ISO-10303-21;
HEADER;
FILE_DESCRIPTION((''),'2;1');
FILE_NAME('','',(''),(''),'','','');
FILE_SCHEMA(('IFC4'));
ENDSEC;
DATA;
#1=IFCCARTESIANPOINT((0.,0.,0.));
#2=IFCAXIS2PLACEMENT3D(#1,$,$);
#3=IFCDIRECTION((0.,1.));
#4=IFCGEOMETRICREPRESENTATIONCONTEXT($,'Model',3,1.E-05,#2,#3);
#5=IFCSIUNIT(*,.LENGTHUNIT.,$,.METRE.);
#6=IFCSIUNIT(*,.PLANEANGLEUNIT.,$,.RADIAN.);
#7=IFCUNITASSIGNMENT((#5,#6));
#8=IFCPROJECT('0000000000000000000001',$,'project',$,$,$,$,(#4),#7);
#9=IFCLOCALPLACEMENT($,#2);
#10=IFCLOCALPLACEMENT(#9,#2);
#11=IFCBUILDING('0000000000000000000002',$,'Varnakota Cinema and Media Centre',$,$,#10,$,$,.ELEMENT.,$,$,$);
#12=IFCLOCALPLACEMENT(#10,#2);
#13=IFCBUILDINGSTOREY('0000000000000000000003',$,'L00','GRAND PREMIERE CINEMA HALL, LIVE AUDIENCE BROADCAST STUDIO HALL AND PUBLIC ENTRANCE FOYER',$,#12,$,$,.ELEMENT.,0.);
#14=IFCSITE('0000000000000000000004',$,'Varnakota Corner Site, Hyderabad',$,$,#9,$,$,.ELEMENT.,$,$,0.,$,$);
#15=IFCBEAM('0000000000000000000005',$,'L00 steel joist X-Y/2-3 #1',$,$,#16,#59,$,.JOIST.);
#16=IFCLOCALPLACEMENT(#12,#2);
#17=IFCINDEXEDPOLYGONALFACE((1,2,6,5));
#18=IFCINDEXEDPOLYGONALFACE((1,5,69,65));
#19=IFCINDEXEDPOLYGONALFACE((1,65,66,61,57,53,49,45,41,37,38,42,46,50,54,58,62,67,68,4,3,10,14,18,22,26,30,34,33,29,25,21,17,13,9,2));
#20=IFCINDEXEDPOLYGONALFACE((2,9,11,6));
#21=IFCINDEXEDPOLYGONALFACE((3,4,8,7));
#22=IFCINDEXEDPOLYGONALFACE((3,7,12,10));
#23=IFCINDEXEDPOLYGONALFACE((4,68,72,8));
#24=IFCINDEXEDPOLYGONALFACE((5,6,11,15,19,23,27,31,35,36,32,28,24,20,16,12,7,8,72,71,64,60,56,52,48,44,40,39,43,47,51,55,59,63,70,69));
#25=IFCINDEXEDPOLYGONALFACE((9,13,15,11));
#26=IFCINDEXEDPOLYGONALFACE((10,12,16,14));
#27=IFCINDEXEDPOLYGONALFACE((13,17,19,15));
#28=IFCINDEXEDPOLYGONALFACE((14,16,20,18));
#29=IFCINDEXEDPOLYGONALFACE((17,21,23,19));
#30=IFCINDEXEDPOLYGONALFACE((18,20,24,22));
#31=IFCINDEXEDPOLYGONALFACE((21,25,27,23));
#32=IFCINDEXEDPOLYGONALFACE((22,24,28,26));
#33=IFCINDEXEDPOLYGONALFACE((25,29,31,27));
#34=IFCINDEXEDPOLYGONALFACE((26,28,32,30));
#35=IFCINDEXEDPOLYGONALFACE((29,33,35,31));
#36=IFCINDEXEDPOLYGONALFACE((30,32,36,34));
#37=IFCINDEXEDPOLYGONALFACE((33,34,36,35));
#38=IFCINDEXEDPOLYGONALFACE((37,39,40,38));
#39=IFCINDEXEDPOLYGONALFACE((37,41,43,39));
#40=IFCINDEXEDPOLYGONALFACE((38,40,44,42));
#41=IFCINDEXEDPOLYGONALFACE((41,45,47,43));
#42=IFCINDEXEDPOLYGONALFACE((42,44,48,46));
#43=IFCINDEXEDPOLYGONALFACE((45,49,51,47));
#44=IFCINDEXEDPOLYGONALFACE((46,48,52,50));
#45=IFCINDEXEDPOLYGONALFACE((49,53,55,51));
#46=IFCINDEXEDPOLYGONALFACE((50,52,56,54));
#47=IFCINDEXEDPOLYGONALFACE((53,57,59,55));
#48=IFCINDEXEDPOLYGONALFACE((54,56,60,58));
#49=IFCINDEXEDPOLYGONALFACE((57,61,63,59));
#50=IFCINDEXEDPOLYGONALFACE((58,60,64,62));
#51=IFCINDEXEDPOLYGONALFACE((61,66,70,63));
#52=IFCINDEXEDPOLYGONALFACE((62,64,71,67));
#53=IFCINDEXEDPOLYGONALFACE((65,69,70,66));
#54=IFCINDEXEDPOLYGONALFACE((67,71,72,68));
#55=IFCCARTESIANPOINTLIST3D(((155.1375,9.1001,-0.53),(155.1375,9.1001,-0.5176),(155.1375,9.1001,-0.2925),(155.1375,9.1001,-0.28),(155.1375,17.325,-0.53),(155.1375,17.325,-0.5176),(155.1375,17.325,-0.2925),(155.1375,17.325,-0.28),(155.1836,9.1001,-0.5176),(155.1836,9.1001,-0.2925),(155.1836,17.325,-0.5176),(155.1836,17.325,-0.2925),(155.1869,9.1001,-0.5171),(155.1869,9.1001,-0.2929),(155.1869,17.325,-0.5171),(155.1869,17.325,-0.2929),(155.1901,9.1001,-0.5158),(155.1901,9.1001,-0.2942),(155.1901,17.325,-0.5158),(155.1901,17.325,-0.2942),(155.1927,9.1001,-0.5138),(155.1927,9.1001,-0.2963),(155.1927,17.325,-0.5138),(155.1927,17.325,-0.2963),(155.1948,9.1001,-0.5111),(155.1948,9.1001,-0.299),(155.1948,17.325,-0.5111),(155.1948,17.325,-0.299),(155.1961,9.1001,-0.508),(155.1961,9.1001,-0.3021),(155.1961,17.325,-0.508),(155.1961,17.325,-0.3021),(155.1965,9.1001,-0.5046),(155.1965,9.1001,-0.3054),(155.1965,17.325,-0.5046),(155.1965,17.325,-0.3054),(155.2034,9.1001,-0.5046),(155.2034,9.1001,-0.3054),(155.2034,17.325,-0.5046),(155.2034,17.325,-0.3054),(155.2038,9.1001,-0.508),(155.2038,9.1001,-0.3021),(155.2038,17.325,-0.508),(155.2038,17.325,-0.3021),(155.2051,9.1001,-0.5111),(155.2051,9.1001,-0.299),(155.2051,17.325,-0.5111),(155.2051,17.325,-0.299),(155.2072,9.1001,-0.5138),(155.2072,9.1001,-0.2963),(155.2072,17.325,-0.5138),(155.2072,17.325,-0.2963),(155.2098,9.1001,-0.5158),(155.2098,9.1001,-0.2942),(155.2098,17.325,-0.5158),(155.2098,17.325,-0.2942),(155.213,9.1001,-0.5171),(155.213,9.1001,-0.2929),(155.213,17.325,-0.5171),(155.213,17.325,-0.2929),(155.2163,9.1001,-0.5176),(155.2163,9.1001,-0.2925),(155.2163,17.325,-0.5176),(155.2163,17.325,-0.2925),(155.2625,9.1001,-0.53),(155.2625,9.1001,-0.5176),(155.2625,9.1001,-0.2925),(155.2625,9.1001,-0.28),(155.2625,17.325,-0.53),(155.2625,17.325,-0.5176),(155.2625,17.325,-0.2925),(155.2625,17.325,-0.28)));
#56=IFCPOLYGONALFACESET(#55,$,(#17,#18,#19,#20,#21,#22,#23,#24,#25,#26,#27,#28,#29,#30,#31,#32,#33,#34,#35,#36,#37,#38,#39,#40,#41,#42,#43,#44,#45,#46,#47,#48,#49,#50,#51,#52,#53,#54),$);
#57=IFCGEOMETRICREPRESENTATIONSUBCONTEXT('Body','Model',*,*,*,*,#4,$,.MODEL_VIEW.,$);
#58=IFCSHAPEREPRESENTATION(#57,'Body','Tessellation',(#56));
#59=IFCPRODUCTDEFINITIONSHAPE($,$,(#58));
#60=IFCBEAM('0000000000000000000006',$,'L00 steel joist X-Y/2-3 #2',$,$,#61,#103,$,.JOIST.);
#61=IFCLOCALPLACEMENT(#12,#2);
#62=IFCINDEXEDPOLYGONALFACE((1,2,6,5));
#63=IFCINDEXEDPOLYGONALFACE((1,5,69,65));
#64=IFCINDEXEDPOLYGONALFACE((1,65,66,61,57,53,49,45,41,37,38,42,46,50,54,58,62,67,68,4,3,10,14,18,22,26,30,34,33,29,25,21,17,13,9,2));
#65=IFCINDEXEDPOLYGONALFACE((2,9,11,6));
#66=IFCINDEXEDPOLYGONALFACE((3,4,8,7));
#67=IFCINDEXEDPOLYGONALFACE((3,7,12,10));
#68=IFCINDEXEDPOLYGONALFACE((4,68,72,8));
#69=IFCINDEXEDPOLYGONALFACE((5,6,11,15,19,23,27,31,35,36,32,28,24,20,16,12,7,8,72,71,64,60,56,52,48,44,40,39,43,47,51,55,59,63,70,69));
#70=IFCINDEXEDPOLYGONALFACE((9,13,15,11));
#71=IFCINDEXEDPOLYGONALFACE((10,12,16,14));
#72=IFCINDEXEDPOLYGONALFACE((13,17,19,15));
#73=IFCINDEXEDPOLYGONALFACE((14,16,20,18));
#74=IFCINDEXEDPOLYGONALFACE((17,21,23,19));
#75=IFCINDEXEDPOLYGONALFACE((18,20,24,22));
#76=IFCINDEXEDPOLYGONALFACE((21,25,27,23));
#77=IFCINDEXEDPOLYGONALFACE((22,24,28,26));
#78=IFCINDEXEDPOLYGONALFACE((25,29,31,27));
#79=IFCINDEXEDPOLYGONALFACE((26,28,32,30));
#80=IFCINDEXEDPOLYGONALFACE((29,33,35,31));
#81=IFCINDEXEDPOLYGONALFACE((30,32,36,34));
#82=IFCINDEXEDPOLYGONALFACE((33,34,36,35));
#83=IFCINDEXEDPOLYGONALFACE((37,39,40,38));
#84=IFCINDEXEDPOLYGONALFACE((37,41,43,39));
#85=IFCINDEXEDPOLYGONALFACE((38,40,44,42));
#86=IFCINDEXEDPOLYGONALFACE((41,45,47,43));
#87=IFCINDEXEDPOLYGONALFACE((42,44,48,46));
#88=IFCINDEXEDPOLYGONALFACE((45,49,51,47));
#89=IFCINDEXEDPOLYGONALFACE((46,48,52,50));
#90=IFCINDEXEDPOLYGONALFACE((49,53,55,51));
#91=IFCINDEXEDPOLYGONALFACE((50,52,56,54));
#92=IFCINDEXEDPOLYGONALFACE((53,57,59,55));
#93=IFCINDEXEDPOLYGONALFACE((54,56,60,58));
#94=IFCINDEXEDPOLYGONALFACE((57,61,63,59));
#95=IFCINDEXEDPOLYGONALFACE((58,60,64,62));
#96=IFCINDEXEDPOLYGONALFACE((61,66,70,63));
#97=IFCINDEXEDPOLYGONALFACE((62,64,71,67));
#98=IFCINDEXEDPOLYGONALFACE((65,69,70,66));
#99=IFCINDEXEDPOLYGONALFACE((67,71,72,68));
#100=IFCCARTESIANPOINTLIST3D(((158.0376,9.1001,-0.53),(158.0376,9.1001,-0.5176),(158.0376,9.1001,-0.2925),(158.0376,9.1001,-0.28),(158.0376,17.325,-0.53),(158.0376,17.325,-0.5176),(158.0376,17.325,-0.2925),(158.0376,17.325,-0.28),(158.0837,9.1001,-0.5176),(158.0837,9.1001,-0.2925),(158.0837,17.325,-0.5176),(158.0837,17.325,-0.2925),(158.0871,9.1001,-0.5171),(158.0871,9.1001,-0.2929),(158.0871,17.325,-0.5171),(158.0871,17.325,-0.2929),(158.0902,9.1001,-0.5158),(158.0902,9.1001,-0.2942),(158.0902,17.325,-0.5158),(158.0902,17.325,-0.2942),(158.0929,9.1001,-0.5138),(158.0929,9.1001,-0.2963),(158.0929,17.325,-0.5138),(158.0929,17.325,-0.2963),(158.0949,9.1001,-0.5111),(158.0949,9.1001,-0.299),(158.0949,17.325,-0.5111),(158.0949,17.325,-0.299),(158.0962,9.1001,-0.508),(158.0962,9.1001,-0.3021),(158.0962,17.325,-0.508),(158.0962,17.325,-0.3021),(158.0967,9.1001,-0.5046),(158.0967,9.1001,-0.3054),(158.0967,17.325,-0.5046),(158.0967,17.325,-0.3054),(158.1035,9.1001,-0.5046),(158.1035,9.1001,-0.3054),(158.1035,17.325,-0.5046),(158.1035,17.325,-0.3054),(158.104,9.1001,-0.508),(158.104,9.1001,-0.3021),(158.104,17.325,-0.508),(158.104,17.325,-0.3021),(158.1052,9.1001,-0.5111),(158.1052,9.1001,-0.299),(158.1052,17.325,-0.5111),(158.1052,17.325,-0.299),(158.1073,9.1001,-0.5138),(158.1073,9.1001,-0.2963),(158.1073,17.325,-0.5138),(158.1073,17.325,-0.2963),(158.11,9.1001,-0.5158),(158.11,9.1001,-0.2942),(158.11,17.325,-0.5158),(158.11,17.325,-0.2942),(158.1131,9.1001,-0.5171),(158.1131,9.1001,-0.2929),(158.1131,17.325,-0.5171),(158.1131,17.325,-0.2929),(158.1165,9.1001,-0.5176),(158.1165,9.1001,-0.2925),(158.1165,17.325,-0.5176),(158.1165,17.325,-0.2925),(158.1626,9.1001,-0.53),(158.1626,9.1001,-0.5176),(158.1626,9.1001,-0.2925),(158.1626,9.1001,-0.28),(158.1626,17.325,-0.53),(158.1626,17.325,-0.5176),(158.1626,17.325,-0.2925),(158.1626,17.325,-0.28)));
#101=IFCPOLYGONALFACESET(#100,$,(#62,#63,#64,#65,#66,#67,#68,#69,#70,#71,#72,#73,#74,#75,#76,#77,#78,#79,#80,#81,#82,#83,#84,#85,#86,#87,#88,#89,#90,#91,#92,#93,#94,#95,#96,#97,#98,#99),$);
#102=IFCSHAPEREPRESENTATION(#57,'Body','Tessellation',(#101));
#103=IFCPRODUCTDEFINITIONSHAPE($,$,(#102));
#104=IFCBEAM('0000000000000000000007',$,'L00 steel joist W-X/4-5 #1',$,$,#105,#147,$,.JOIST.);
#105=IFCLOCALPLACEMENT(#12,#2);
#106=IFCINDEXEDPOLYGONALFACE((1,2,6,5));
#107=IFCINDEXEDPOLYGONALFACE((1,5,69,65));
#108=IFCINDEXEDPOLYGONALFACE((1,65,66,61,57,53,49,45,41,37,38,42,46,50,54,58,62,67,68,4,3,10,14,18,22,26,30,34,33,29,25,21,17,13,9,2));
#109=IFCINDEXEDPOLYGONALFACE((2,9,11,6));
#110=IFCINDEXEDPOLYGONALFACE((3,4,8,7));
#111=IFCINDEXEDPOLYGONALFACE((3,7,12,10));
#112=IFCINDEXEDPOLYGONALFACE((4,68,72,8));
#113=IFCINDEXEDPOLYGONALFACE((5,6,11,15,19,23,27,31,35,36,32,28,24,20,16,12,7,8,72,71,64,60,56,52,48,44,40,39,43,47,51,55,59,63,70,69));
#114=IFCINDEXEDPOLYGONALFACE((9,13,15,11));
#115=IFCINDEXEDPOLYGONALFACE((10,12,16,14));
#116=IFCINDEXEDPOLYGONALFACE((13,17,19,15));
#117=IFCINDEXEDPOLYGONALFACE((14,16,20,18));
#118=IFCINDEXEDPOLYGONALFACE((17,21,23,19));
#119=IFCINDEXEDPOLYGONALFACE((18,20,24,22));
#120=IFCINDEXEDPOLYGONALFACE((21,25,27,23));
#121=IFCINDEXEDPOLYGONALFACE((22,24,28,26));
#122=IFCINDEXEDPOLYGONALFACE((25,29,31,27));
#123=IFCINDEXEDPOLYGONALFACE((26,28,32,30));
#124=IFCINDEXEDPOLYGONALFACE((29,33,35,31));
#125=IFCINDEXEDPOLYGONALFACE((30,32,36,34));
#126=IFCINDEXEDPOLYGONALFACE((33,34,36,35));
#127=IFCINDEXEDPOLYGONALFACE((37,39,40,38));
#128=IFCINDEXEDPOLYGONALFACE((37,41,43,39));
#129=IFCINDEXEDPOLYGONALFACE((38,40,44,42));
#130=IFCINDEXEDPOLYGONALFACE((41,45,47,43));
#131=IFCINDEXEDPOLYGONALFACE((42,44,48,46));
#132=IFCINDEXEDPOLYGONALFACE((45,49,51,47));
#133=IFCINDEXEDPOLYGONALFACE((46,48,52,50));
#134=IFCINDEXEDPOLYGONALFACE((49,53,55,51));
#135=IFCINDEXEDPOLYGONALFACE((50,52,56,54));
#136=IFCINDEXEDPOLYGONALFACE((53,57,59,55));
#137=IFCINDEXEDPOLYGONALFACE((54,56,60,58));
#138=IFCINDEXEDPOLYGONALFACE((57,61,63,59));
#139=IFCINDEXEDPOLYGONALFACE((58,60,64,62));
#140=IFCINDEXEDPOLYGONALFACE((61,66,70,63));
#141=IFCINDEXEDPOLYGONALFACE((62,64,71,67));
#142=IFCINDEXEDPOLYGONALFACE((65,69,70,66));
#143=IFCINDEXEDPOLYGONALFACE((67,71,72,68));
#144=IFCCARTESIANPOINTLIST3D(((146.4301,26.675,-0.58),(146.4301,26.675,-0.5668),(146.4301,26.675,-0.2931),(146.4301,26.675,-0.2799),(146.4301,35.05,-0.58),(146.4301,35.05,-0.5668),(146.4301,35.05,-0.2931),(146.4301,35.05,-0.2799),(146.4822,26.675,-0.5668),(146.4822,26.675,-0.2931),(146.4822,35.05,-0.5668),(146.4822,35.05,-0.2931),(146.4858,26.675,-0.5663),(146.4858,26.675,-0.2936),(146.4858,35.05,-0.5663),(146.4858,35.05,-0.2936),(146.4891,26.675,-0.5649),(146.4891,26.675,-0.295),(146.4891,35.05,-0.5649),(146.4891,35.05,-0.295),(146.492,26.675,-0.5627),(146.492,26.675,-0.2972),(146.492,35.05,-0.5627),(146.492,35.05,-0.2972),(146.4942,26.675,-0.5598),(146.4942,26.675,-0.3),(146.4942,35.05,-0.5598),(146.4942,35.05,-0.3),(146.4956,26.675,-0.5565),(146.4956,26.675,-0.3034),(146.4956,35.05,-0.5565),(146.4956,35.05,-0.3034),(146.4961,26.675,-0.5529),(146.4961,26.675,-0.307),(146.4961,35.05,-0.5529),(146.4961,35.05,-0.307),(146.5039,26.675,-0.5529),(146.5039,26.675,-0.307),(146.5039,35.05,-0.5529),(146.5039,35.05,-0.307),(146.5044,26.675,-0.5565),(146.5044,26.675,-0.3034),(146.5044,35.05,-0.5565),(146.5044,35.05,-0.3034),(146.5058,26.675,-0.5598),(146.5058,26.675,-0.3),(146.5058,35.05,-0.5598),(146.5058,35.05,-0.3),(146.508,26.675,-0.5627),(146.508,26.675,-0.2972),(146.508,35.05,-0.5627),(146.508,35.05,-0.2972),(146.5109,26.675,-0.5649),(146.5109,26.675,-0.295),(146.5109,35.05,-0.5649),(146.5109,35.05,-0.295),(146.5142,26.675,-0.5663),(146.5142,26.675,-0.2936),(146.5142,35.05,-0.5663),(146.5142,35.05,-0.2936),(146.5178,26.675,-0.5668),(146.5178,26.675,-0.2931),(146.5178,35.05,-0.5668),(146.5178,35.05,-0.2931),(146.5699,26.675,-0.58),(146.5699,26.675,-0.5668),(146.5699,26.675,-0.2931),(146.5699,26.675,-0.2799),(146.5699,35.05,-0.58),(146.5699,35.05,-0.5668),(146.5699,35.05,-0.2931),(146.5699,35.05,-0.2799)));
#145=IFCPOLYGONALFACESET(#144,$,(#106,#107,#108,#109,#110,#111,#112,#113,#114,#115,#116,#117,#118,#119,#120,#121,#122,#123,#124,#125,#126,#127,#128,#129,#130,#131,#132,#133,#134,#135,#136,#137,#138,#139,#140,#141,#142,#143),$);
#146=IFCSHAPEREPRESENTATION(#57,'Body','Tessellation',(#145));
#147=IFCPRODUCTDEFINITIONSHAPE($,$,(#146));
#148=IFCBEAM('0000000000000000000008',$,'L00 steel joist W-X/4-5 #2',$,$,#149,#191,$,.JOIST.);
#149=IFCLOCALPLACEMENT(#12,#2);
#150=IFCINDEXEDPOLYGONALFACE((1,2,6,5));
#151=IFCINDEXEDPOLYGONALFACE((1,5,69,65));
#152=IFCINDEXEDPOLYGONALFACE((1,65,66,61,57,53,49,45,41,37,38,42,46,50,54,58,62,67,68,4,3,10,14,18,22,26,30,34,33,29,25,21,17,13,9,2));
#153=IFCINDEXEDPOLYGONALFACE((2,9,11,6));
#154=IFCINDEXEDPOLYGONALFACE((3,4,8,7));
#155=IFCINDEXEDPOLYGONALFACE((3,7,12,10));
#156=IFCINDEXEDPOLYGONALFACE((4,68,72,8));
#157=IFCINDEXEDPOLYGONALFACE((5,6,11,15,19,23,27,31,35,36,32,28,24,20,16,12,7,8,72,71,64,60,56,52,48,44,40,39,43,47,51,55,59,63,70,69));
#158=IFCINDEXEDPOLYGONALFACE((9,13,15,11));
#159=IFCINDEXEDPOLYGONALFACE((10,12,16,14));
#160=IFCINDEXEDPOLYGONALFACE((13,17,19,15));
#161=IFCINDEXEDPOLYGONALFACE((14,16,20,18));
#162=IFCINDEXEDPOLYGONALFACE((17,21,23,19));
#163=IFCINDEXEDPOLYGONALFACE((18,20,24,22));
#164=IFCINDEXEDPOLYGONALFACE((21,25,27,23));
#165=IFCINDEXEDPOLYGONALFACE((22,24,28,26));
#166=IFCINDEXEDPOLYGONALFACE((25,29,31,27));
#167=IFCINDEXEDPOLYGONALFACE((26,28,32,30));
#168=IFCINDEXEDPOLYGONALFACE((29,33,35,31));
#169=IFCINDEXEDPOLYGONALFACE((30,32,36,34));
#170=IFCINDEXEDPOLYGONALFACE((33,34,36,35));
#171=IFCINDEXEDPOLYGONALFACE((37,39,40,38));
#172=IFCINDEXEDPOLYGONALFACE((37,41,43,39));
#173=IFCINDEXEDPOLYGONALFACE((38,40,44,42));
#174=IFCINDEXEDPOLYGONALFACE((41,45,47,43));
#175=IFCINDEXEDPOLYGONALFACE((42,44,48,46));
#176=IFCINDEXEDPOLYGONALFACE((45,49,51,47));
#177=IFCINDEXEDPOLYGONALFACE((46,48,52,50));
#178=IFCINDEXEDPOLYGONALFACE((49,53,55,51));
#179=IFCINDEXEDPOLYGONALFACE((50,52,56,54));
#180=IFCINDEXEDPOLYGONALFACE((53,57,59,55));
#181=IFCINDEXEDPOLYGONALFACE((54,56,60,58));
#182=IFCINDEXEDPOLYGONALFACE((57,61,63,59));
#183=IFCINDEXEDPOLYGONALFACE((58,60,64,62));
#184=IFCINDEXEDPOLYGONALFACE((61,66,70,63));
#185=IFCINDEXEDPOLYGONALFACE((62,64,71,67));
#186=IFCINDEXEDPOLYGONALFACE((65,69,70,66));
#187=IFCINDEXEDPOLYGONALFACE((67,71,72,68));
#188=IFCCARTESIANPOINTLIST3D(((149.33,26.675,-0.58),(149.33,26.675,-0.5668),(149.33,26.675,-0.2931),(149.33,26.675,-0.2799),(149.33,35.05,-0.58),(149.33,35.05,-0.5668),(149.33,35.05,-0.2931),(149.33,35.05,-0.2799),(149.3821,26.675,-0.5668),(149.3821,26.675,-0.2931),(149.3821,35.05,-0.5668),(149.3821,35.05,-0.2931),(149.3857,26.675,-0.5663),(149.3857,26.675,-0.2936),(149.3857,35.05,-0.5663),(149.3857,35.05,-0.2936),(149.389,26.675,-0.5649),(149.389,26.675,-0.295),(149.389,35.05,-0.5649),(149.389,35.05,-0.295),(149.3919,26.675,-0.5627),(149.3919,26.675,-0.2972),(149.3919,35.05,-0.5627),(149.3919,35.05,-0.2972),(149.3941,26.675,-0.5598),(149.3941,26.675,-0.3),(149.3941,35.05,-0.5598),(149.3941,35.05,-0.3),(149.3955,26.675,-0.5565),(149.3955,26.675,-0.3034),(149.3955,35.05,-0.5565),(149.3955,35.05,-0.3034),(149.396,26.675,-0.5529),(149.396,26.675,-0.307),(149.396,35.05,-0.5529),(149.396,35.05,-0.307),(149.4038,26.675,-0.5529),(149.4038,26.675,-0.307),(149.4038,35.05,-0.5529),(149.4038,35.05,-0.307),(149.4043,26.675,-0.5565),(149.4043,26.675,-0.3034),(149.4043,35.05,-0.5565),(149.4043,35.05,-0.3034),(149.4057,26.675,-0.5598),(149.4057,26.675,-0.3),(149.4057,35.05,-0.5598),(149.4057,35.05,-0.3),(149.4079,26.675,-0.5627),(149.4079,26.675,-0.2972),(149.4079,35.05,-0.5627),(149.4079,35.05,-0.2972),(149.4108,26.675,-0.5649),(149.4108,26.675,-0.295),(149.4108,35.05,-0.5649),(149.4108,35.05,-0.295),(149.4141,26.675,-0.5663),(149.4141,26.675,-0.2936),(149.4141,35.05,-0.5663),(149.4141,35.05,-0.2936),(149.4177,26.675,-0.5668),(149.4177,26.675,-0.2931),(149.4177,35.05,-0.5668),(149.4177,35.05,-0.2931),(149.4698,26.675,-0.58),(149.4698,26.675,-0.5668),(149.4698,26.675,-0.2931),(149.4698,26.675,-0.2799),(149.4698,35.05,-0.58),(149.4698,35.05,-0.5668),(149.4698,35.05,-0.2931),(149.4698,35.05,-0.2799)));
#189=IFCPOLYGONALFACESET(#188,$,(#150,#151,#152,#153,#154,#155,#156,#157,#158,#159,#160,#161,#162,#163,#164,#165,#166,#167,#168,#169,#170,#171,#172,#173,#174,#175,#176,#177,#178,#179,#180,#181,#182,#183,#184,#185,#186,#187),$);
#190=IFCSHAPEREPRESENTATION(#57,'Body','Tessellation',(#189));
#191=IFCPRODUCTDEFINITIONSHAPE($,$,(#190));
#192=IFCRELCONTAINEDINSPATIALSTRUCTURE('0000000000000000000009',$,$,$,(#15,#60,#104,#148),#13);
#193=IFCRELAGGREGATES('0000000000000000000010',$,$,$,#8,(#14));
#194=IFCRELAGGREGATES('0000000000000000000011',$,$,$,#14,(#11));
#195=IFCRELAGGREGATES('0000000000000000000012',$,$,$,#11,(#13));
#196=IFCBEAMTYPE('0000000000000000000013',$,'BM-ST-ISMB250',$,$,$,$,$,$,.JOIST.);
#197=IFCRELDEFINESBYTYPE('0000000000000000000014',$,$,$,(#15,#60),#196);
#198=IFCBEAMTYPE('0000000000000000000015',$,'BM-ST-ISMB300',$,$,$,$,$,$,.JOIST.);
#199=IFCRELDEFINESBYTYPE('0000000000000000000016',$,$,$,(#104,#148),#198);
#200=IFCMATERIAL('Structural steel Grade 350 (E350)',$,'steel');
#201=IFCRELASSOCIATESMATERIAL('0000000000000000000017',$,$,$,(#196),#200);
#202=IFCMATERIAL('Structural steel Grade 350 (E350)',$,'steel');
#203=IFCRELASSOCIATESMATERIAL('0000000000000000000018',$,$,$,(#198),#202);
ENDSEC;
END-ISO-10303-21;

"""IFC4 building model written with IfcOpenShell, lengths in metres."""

from ifc_helpers import new_model, si_unit, direction, frame, origin, origin_2d, place, context, subcontext, project, spatial, i_section, extrude, material, material_profile, profile_set, type_object, element, save


model = new_model("IFC4")

# Units and contexts
model_context = context("Model", 3, precision=1e-05, world=origin(), true_north=direction((0.0, 1.0)))
body_context = subcontext(model_context, "Body", "Model", "MODEL_VIEW")
ifc_project = project(units=[si_unit("LENGTHUNIT", "METRE"), si_unit("PLANEANGLEUNIT", "RADIAN")], contexts=[model_context])

# Site, building, storey
site_placement = place(None, origin())
site = spatial("IfcSite", under=ifc_project, at=site_placement, Name="Varnakota Corner Site, Hyderabad", CompositionType="ELEMENT", RefElevation=0.0)
building_placement = place(site_placement, origin())
building = spatial("IfcBuilding", under=site, at=building_placement, Name="Varnakota Cinema and Media Centre", CompositionType="ELEMENT")
storey_placement = place(building_placement, origin())
storey = spatial("IfcBuildingStorey", under=building, at=storey_placement, Name="L00", Description="GRAND PREMIERE CINEMA HALL, LIVE AUDIENCE BROADCAST STUDIO HALL AND PUBLIC ENTRANCE FOYER", CompositionType="ELEMENT", Elevation=0.0)

# Beams
ifc_material_1 = material(Name="Structural steel Grade 350 (E350)", Category="steel")
ifc_material_profile_1 = material_profile(ifc_material_1, i_section(OverallWidth=0.125, OverallDepth=0.25, WebThickness=0.0068, FlangeThickness=0.0125, FilletRadius=0.0129, at=origin_2d()), Name="ISMB 250")
ifc_profile_set_1 = profile_set([ifc_material_profile_1], Name="Structural steel Grade 350 (E350)")
beam_type_1 = type_object("IfcBeamType", Name="BM-ST-ISMB250", PredefinedType="JOIST", material=ifc_profile_set_1)
for number, where, z_axis, x_axis, name in (
    (1, (155.2, 9.1001, -0.405), (0.0, 1.0, 0.0), (-1.0, 0.0, 0.0), "L00 steel joist X-Y/2-3 #1"),
    (2, (158.1001, 9.1001, -0.405), (0.0, 1.0, 0.0), (-1.0, 0.0, 0.0), "L00 steel joist X-Y/2-3 #2"),
):
    element("IfcBeam", number, at=place(storey_placement, frame(where, z_axis=z_axis, x_axis=x_axis)), inside=storey, type_object=beam_type_1, Name=name, PredefinedType="JOIST", context=body_context, shape_type="SweptSolid", body=[
        extrude(i_section(OverallWidth=0.125, OverallDepth=0.25, WebThickness=0.0068, FlangeThickness=0.0125, FilletRadius=0.0129, at=origin_2d()), origin(), (0.0, 0.0, 1.0), 8.2249),
    ])
ifc_material_2 = material(Name="Structural steel Grade 350 (E350)", Category="steel")
ifc_material_profile_2 = material_profile(ifc_material_2, i_section(OverallWidth=0.1399, OverallDepth=0.3, WebThickness=0.0078, FlangeThickness=0.0132, FilletRadius=0.0139, at=origin_2d()), Name="ISMB 300")
ifc_profile_set_2 = profile_set([ifc_material_profile_2], Name="Structural steel Grade 350 (E350)")
beam_type_2 = type_object("IfcBeamType", Name="BM-ST-ISMB300", PredefinedType="JOIST", material=ifc_profile_set_2)
for number, where, z_axis, x_axis, name in (
    (3, (146.5, 26.675, -0.4299), (0.0, 1.0, 0.0), (-1.0, 0.0, 0.0), "L00 steel joist W-X/4-5 #1"),
    (4, (149.3999, 26.675, -0.4299), (0.0, 1.0, 0.0), (-1.0, 0.0, 0.0), "L00 steel joist W-X/4-5 #2"),
):
    element("IfcBeam", number, at=place(storey_placement, frame(where, z_axis=z_axis, x_axis=x_axis)), inside=storey, type_object=beam_type_2, Name=name, PredefinedType="JOIST", context=body_context, shape_type="SweptSolid", body=[
        extrude(i_section(OverallWidth=0.1399, OverallDepth=0.3, WebThickness=0.0078, FlangeThickness=0.0132, FilletRadius=0.0139, at=origin_2d()), origin(), (0.0, 0.0, 1.0), 8.375),
    ])

save(model, "model.ifc")
